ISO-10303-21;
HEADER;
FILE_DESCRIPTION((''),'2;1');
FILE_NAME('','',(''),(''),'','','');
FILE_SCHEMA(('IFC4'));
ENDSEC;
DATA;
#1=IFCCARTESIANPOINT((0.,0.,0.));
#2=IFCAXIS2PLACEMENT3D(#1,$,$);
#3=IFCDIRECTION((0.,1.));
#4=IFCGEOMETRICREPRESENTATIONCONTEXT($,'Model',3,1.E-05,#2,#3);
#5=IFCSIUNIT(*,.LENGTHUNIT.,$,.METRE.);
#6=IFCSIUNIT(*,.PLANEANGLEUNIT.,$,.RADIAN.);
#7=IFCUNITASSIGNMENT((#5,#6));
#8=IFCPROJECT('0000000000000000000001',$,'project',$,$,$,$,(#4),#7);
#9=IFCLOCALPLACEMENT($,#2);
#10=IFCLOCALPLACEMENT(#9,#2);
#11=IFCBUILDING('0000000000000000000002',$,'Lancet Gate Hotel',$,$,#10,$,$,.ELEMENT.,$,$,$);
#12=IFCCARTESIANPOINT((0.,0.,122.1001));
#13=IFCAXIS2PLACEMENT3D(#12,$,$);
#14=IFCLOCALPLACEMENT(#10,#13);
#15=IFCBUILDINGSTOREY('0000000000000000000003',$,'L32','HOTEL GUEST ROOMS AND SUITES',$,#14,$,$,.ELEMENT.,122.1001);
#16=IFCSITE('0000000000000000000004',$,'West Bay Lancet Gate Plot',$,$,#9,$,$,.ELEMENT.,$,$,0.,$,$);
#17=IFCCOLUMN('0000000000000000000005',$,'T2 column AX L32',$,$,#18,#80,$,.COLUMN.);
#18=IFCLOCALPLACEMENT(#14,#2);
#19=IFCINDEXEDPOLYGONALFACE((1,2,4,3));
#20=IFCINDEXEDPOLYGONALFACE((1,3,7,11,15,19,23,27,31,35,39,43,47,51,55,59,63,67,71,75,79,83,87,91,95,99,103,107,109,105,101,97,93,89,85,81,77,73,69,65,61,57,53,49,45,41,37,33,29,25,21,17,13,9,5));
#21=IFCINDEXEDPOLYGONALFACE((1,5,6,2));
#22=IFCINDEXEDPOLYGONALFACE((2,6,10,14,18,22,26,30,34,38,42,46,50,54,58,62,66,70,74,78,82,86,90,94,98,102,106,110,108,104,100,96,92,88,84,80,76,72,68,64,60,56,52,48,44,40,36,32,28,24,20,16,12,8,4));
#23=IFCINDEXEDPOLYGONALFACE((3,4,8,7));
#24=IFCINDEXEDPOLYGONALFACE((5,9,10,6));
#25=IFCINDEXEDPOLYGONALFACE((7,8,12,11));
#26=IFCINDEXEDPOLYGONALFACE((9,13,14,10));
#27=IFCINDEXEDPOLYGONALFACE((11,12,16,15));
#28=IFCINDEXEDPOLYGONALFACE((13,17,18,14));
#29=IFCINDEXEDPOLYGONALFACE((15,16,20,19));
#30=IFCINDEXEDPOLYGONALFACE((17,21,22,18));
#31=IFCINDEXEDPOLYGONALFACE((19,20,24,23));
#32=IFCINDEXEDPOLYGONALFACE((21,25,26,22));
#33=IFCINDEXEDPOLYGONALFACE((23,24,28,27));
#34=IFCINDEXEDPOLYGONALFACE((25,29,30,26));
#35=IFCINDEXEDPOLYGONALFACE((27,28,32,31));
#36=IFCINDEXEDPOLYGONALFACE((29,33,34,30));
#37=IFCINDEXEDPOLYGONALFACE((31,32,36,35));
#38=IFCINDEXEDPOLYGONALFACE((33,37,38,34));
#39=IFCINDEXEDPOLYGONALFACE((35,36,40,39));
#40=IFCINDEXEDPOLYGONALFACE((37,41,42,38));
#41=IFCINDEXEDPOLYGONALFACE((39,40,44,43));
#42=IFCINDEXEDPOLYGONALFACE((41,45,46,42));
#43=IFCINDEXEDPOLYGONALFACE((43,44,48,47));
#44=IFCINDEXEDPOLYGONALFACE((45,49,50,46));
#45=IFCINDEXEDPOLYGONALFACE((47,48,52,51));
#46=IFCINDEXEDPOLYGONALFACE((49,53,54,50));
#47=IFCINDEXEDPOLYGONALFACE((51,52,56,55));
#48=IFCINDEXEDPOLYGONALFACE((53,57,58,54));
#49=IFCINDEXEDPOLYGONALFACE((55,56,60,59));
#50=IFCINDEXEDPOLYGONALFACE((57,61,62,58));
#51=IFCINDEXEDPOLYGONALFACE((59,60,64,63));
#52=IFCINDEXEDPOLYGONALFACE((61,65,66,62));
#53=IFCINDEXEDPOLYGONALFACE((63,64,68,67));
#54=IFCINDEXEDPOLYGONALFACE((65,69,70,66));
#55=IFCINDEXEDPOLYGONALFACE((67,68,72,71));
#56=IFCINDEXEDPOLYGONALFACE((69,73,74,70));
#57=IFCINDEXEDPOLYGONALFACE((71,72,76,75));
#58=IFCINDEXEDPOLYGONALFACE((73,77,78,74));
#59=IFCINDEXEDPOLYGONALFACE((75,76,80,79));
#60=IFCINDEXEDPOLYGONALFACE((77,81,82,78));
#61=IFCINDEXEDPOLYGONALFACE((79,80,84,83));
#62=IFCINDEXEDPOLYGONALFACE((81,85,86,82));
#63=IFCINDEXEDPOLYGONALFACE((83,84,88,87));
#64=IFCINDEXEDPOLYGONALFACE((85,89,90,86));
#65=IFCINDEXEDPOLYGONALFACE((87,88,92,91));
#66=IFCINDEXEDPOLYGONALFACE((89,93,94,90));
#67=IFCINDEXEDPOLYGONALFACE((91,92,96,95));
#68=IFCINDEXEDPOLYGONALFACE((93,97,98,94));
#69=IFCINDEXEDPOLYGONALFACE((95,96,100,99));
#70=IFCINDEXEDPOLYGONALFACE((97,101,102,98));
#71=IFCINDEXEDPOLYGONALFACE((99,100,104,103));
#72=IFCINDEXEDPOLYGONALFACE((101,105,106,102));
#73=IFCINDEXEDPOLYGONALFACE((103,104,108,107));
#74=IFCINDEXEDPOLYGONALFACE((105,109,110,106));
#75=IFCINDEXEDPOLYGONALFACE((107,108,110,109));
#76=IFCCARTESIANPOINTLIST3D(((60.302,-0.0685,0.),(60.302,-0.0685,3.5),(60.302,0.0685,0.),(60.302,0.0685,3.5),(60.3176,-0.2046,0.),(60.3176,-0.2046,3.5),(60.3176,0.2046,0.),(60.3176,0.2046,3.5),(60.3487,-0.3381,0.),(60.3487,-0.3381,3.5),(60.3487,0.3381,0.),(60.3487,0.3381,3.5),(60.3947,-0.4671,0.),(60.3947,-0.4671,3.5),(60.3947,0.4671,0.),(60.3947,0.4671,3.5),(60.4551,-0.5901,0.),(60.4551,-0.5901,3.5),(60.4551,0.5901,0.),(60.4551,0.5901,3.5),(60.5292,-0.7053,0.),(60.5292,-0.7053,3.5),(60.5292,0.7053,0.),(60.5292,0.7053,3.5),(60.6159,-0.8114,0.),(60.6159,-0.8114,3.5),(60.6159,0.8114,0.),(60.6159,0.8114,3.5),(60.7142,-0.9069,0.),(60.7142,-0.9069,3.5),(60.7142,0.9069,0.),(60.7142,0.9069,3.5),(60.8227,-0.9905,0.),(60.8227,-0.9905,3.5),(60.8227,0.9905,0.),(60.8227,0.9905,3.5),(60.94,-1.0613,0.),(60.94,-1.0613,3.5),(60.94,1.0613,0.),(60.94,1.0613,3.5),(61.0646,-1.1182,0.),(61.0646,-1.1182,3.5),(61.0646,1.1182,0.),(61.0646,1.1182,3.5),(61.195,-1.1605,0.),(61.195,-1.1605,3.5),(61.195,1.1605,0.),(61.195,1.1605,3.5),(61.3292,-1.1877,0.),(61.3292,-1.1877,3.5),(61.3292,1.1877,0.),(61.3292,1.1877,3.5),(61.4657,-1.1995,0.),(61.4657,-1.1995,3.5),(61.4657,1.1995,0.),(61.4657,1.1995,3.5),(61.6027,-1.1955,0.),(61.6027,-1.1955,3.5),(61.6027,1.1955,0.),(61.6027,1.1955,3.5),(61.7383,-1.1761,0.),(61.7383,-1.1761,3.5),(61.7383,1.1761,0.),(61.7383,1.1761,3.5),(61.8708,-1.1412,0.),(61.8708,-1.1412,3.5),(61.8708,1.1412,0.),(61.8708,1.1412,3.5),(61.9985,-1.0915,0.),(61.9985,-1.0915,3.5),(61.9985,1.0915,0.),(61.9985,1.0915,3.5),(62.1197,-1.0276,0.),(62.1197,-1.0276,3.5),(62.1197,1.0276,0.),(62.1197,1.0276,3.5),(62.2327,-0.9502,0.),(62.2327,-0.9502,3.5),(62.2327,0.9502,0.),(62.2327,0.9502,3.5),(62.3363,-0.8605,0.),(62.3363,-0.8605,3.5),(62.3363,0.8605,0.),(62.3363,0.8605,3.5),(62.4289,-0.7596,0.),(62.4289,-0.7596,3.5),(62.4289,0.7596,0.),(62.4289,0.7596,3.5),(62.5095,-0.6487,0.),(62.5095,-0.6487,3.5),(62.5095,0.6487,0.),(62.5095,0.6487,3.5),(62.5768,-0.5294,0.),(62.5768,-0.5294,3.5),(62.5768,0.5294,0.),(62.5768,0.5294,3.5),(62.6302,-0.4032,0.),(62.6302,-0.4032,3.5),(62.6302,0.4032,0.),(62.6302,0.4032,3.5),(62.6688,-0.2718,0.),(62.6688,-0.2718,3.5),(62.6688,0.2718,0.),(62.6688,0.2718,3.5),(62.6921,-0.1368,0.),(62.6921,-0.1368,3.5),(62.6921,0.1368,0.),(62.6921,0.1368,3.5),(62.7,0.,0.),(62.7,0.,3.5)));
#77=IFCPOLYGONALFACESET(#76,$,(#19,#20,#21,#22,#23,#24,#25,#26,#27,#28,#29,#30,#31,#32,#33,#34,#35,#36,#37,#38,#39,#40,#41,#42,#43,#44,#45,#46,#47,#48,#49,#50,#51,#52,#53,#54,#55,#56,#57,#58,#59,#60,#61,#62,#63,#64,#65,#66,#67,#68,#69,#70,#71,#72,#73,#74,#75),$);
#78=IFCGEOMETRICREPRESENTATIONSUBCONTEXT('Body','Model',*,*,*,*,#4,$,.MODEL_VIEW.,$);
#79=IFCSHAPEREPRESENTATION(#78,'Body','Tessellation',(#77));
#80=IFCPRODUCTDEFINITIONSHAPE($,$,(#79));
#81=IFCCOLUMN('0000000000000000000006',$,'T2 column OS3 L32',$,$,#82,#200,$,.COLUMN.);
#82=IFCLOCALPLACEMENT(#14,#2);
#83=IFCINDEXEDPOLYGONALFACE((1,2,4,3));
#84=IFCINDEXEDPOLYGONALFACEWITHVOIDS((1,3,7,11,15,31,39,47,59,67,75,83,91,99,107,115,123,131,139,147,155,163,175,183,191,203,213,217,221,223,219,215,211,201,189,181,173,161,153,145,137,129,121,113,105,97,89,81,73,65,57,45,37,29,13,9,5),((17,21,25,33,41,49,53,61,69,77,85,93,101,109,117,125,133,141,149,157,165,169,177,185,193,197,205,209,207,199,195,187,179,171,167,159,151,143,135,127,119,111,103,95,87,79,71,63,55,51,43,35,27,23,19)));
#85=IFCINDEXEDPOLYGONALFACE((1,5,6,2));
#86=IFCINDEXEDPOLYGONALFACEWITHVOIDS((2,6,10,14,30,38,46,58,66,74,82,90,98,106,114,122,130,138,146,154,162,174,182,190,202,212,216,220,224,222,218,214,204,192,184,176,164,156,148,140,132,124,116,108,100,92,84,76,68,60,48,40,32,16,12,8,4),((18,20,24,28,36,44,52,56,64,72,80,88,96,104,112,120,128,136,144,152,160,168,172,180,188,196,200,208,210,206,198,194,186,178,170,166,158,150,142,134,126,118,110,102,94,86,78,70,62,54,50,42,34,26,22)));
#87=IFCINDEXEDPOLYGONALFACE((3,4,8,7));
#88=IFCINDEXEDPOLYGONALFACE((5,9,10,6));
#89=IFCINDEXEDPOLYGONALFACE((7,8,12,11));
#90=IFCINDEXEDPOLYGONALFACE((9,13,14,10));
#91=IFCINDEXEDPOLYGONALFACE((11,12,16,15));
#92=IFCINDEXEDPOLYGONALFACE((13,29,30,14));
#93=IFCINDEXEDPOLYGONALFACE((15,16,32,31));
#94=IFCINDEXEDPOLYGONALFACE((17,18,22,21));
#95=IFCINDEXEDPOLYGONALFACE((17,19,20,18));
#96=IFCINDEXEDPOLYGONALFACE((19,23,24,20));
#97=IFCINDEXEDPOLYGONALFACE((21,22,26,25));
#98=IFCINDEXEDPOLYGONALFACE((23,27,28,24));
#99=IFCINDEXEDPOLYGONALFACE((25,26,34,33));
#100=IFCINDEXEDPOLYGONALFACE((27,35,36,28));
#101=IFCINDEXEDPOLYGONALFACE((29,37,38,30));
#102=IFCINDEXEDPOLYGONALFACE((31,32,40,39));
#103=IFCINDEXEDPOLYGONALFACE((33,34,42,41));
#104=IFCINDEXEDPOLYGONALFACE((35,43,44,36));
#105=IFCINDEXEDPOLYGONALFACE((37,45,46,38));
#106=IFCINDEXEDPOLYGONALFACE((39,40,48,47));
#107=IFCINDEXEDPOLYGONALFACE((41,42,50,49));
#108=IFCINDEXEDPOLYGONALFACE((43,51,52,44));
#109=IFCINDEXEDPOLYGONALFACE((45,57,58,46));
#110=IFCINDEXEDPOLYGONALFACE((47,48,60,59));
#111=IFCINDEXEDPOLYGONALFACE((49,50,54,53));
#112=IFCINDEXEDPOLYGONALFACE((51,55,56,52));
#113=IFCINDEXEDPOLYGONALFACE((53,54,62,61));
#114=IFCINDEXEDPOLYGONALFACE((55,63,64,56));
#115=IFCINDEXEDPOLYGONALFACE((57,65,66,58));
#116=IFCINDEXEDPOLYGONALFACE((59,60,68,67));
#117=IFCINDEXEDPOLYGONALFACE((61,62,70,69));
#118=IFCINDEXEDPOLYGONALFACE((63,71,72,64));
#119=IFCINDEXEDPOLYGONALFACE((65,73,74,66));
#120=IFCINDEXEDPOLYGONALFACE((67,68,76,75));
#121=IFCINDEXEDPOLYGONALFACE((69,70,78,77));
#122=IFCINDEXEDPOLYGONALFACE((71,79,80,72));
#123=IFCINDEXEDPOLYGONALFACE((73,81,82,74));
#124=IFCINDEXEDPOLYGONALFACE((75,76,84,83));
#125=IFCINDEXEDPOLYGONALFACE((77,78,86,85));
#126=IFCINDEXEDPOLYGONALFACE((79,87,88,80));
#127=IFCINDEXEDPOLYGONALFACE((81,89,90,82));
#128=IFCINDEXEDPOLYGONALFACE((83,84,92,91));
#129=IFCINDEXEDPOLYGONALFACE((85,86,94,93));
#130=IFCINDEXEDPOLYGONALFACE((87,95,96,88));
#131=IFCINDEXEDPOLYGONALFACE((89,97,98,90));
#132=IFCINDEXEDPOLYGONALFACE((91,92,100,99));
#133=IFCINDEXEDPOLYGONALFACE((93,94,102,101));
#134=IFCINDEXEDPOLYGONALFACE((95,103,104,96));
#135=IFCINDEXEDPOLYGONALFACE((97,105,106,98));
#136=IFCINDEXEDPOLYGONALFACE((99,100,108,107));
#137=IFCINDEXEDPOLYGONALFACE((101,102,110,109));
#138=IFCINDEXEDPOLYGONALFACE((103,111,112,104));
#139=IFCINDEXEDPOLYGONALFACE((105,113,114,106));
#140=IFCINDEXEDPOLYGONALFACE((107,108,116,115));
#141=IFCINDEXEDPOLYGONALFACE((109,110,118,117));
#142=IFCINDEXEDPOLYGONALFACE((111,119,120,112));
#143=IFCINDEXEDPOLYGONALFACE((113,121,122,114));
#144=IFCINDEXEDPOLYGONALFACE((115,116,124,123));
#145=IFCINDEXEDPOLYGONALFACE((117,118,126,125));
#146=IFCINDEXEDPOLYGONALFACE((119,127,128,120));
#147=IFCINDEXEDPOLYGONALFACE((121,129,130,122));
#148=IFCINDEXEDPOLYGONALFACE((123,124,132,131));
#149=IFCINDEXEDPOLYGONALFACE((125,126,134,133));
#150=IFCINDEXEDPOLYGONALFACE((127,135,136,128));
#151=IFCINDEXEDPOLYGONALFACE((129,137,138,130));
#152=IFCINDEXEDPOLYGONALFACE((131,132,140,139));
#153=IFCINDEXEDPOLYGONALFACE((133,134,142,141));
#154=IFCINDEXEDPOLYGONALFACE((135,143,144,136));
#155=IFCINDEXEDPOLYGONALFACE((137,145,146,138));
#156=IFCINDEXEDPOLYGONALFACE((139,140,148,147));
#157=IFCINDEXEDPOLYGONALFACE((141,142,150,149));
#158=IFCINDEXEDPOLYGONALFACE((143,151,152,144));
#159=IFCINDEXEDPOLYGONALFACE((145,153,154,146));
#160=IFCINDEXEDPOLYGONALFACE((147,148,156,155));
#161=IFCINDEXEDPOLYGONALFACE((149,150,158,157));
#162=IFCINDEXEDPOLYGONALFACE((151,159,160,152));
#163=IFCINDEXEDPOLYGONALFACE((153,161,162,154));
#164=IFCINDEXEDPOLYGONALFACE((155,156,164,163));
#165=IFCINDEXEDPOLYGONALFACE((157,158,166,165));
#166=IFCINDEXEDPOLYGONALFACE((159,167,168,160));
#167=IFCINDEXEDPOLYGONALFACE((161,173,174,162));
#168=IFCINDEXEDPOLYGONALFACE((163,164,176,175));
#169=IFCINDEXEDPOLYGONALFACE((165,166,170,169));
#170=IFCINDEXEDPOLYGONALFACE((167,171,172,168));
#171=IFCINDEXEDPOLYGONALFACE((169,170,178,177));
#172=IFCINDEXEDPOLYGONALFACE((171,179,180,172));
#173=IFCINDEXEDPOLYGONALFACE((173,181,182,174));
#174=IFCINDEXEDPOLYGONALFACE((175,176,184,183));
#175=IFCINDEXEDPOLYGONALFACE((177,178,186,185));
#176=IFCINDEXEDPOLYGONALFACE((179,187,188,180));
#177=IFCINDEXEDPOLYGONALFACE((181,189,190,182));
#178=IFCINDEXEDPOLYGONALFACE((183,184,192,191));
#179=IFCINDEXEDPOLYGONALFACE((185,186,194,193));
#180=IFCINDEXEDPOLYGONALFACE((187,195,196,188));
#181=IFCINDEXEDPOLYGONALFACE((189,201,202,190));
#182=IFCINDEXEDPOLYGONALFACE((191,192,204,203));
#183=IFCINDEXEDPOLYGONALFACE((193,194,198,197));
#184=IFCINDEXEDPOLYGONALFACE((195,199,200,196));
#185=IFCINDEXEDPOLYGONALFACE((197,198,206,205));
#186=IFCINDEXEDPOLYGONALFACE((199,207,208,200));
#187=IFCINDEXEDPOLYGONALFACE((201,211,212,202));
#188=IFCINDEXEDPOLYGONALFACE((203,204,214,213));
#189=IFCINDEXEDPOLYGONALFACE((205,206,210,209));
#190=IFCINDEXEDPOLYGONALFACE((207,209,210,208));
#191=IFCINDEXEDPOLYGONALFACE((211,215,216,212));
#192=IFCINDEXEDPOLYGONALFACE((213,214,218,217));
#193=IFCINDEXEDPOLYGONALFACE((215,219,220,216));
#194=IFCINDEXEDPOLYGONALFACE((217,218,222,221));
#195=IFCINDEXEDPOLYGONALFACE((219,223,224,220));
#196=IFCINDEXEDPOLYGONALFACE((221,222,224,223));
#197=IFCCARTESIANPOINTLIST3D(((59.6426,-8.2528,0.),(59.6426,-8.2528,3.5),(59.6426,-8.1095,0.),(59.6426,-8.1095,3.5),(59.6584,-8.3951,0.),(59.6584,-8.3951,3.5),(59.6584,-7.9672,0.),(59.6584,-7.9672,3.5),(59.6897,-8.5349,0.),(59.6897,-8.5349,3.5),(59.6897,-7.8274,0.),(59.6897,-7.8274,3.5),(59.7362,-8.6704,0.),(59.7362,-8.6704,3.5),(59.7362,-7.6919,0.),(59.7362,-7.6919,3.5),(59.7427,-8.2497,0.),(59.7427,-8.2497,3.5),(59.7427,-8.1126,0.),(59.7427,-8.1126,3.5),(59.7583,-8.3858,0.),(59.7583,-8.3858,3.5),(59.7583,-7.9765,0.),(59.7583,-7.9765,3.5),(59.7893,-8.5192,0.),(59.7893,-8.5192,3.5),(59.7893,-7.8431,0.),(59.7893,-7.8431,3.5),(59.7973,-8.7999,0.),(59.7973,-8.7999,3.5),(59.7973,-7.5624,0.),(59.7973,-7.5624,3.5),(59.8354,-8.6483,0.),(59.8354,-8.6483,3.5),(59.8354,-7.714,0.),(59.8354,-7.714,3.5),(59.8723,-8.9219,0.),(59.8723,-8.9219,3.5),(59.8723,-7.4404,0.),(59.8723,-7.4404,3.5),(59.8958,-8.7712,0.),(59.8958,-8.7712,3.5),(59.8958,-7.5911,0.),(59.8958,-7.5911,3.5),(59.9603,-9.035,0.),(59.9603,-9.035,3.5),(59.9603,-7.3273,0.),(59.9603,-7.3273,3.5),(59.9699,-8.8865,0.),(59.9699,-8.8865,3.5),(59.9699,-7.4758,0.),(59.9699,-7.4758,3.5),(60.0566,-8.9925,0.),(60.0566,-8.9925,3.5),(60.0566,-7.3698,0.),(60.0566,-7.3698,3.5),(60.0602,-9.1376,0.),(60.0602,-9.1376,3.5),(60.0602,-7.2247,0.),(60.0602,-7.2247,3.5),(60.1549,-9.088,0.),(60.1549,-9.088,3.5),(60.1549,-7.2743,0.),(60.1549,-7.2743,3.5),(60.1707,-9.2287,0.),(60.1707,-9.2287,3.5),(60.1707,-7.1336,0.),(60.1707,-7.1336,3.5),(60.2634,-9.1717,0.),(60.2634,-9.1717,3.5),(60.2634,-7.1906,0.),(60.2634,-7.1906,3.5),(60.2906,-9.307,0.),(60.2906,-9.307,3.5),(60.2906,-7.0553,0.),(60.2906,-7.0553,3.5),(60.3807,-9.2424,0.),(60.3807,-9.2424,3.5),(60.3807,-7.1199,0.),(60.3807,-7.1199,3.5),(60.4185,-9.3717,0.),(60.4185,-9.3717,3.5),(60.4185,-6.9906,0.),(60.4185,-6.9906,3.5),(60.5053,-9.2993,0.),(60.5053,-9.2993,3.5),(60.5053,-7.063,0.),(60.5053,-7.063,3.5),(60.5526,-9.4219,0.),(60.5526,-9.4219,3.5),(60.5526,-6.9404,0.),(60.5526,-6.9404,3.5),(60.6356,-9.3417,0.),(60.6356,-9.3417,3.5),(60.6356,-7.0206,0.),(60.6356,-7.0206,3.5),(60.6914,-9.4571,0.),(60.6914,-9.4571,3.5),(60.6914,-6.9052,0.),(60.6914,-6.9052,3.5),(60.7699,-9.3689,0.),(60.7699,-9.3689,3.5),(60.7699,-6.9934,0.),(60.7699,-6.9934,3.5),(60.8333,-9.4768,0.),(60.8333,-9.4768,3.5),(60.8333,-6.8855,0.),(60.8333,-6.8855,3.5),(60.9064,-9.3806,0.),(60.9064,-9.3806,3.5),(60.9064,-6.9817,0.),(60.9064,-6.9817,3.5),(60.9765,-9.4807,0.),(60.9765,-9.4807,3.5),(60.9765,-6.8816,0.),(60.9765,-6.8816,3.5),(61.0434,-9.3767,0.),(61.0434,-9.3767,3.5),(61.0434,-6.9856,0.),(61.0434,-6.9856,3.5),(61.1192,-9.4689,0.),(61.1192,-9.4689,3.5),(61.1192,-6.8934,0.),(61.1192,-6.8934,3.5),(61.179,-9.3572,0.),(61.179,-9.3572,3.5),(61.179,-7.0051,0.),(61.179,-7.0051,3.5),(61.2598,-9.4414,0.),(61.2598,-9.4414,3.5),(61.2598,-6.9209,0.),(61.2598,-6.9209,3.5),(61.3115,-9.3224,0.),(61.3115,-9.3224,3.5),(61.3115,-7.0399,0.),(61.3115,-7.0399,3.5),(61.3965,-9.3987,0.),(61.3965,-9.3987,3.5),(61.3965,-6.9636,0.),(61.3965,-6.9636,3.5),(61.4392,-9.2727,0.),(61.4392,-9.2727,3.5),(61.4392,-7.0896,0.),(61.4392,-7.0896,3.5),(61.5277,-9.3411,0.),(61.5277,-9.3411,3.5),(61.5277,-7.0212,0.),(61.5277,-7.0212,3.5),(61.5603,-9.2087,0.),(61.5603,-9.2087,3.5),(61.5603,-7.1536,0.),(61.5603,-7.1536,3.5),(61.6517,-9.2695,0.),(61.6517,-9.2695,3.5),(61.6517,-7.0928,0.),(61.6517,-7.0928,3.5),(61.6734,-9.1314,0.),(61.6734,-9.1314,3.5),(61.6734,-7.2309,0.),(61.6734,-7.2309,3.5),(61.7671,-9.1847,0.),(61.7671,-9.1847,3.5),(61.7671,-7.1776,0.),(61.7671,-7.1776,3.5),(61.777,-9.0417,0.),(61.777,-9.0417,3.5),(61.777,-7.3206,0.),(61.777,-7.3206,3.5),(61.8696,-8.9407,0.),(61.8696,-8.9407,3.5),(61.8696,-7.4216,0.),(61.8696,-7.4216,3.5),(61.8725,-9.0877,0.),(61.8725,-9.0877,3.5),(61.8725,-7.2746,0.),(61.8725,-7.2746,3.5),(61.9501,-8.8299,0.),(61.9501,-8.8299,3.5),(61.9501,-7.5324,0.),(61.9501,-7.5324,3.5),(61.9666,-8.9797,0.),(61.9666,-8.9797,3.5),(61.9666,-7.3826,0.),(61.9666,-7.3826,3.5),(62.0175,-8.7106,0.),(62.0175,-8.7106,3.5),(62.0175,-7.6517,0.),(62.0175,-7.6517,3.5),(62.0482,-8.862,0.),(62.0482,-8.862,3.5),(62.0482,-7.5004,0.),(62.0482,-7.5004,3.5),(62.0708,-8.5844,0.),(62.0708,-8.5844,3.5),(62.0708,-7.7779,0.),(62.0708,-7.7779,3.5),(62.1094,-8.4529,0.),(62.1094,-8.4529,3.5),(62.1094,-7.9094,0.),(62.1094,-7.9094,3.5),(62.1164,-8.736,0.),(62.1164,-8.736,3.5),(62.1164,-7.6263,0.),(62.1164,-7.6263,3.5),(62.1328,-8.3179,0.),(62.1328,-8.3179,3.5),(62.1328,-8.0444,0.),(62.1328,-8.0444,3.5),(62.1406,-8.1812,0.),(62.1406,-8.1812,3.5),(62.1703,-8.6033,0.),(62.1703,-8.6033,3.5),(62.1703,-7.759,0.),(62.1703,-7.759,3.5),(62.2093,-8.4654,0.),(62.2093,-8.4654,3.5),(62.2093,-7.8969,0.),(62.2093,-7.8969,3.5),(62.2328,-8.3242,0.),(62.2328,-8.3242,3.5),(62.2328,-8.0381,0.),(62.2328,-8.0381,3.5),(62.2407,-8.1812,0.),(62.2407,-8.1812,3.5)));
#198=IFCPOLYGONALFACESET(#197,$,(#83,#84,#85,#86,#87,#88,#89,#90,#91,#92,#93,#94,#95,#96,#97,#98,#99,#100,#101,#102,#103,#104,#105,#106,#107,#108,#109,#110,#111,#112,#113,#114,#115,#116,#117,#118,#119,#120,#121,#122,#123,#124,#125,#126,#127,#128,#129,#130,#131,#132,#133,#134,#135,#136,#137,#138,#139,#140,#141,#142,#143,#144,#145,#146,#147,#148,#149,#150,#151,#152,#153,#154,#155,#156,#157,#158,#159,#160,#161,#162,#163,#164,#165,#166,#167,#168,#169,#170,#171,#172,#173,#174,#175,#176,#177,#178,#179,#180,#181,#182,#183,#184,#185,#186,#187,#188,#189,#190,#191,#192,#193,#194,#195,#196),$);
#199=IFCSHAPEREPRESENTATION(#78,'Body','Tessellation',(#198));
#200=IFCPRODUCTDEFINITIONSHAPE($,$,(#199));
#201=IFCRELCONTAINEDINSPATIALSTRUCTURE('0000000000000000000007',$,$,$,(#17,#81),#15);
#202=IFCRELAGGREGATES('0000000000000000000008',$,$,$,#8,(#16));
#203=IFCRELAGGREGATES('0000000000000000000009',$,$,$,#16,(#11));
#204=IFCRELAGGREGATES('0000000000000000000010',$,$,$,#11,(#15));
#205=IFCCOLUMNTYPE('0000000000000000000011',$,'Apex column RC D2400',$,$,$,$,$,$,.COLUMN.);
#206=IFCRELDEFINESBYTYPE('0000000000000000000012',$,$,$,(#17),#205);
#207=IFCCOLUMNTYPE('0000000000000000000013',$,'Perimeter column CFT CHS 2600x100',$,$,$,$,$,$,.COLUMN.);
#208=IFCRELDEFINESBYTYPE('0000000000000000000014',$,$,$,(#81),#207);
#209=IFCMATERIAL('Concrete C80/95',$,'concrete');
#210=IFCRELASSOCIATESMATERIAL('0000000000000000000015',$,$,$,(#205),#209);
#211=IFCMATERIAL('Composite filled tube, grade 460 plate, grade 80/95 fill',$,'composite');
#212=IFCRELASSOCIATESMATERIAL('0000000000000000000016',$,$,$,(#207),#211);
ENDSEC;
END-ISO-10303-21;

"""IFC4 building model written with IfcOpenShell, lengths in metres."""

from ifc_helpers import new_model, si_unit, direction, frame, origin, origin_2d, place, context, subcontext, project, spatial, circle, hollow_circle, extrude, material, material_profile, profile_set, type_object, element, save


model = new_model("IFC4")

# Units and contexts
model_context = context("Model", 3, precision=1e-05, world=origin(), true_north=direction((0.0, 1.0)))
body_context = subcontext(model_context, "Body", "Model", "MODEL_VIEW")
ifc_project = project(units=[si_unit("LENGTHUNIT", "METRE"), si_unit("PLANEANGLEUNIT", "RADIAN")], contexts=[model_context])

# Site, building, storey
site_placement = place(None, origin())
site = spatial("IfcSite", under=ifc_project, at=site_placement, Name="West Bay Lancet Gate Plot", CompositionType="ELEMENT", RefElevation=0.0)
building_placement = place(site_placement, origin())
building = spatial("IfcBuilding", under=site, at=building_placement, Name="Lancet Gate Hotel", CompositionType="ELEMENT")
storey_placement = place(building_placement, frame((0.0, 0.0, 122.1001)))
storey = spatial("IfcBuildingStorey", under=building, at=storey_placement, Name="L32", Description="HOTEL GUEST ROOMS AND SUITES", CompositionType="ELEMENT", Elevation=122.1001)

# Columns
ifc_material_1 = material(Name="Concrete C80/95", Category="concrete")
ifc_material_profile_1 = material_profile(ifc_material_1, circle(Radius=1.2, at=origin_2d()), Name="RC D2400")
ifc_profile_set_1 = profile_set([ifc_material_profile_1], Name="Concrete C80/95")
column_type_1 = type_object("IfcColumnType", Name="Apex column RC D2400", PredefinedType="COLUMN", material=ifc_profile_set_1)
column_1_placement = place(storey_placement, frame((61.5, 0.0, 0.0), z_axis=(0.0, 0.0, 1.0), x_axis=(1.0, 0.0, 0.0)))
element("IfcColumn", 1, at=column_1_placement, inside=storey, type_object=column_type_1, Name="T2 column AX L32", PredefinedType="COLUMN", context=body_context, shape_type="SweptSolid", body=[
    extrude(circle(Radius=1.2, at=origin_2d()), origin(), (0.0, 0.0, 1.0), 3.5),
])
ifc_material_2 = material(Name="Composite filled tube, grade 460 plate, grade 80/95 fill", Category="composite")
ifc_material_profile_2 = material_profile(ifc_material_2, hollow_circle(Radius=1.3, WallThickness=0.1001, at=origin_2d()), Name="CHS 2600x100")
ifc_profile_set_2 = profile_set([ifc_material_profile_2], Name="Composite filled tube, grade 460 plate, grade 80/95 fill")
column_type_2 = type_object("IfcColumnType", Name="Perimeter column CFT CHS 2600x100", PredefinedType="COLUMN", material=ifc_profile_set_2)
column_2_placement = place(storey_placement, frame((60.9407, -8.1812, 0.0), z_axis=(0.0, 0.0, 1.0), x_axis=(1.0, 0.0, 0.0)))
element("IfcColumn", 2, at=column_2_placement, inside=storey, type_object=column_type_2, Name="T2 column OS3 L32", PredefinedType="COLUMN", context=body_context, shape_type="SweptSolid", body=[
    extrude(hollow_circle(Radius=1.3, WallThickness=0.1001, at=origin_2d()), origin(), (0.0, 0.0, 1.0), 3.5),
])

save(model, "model.ifc")
